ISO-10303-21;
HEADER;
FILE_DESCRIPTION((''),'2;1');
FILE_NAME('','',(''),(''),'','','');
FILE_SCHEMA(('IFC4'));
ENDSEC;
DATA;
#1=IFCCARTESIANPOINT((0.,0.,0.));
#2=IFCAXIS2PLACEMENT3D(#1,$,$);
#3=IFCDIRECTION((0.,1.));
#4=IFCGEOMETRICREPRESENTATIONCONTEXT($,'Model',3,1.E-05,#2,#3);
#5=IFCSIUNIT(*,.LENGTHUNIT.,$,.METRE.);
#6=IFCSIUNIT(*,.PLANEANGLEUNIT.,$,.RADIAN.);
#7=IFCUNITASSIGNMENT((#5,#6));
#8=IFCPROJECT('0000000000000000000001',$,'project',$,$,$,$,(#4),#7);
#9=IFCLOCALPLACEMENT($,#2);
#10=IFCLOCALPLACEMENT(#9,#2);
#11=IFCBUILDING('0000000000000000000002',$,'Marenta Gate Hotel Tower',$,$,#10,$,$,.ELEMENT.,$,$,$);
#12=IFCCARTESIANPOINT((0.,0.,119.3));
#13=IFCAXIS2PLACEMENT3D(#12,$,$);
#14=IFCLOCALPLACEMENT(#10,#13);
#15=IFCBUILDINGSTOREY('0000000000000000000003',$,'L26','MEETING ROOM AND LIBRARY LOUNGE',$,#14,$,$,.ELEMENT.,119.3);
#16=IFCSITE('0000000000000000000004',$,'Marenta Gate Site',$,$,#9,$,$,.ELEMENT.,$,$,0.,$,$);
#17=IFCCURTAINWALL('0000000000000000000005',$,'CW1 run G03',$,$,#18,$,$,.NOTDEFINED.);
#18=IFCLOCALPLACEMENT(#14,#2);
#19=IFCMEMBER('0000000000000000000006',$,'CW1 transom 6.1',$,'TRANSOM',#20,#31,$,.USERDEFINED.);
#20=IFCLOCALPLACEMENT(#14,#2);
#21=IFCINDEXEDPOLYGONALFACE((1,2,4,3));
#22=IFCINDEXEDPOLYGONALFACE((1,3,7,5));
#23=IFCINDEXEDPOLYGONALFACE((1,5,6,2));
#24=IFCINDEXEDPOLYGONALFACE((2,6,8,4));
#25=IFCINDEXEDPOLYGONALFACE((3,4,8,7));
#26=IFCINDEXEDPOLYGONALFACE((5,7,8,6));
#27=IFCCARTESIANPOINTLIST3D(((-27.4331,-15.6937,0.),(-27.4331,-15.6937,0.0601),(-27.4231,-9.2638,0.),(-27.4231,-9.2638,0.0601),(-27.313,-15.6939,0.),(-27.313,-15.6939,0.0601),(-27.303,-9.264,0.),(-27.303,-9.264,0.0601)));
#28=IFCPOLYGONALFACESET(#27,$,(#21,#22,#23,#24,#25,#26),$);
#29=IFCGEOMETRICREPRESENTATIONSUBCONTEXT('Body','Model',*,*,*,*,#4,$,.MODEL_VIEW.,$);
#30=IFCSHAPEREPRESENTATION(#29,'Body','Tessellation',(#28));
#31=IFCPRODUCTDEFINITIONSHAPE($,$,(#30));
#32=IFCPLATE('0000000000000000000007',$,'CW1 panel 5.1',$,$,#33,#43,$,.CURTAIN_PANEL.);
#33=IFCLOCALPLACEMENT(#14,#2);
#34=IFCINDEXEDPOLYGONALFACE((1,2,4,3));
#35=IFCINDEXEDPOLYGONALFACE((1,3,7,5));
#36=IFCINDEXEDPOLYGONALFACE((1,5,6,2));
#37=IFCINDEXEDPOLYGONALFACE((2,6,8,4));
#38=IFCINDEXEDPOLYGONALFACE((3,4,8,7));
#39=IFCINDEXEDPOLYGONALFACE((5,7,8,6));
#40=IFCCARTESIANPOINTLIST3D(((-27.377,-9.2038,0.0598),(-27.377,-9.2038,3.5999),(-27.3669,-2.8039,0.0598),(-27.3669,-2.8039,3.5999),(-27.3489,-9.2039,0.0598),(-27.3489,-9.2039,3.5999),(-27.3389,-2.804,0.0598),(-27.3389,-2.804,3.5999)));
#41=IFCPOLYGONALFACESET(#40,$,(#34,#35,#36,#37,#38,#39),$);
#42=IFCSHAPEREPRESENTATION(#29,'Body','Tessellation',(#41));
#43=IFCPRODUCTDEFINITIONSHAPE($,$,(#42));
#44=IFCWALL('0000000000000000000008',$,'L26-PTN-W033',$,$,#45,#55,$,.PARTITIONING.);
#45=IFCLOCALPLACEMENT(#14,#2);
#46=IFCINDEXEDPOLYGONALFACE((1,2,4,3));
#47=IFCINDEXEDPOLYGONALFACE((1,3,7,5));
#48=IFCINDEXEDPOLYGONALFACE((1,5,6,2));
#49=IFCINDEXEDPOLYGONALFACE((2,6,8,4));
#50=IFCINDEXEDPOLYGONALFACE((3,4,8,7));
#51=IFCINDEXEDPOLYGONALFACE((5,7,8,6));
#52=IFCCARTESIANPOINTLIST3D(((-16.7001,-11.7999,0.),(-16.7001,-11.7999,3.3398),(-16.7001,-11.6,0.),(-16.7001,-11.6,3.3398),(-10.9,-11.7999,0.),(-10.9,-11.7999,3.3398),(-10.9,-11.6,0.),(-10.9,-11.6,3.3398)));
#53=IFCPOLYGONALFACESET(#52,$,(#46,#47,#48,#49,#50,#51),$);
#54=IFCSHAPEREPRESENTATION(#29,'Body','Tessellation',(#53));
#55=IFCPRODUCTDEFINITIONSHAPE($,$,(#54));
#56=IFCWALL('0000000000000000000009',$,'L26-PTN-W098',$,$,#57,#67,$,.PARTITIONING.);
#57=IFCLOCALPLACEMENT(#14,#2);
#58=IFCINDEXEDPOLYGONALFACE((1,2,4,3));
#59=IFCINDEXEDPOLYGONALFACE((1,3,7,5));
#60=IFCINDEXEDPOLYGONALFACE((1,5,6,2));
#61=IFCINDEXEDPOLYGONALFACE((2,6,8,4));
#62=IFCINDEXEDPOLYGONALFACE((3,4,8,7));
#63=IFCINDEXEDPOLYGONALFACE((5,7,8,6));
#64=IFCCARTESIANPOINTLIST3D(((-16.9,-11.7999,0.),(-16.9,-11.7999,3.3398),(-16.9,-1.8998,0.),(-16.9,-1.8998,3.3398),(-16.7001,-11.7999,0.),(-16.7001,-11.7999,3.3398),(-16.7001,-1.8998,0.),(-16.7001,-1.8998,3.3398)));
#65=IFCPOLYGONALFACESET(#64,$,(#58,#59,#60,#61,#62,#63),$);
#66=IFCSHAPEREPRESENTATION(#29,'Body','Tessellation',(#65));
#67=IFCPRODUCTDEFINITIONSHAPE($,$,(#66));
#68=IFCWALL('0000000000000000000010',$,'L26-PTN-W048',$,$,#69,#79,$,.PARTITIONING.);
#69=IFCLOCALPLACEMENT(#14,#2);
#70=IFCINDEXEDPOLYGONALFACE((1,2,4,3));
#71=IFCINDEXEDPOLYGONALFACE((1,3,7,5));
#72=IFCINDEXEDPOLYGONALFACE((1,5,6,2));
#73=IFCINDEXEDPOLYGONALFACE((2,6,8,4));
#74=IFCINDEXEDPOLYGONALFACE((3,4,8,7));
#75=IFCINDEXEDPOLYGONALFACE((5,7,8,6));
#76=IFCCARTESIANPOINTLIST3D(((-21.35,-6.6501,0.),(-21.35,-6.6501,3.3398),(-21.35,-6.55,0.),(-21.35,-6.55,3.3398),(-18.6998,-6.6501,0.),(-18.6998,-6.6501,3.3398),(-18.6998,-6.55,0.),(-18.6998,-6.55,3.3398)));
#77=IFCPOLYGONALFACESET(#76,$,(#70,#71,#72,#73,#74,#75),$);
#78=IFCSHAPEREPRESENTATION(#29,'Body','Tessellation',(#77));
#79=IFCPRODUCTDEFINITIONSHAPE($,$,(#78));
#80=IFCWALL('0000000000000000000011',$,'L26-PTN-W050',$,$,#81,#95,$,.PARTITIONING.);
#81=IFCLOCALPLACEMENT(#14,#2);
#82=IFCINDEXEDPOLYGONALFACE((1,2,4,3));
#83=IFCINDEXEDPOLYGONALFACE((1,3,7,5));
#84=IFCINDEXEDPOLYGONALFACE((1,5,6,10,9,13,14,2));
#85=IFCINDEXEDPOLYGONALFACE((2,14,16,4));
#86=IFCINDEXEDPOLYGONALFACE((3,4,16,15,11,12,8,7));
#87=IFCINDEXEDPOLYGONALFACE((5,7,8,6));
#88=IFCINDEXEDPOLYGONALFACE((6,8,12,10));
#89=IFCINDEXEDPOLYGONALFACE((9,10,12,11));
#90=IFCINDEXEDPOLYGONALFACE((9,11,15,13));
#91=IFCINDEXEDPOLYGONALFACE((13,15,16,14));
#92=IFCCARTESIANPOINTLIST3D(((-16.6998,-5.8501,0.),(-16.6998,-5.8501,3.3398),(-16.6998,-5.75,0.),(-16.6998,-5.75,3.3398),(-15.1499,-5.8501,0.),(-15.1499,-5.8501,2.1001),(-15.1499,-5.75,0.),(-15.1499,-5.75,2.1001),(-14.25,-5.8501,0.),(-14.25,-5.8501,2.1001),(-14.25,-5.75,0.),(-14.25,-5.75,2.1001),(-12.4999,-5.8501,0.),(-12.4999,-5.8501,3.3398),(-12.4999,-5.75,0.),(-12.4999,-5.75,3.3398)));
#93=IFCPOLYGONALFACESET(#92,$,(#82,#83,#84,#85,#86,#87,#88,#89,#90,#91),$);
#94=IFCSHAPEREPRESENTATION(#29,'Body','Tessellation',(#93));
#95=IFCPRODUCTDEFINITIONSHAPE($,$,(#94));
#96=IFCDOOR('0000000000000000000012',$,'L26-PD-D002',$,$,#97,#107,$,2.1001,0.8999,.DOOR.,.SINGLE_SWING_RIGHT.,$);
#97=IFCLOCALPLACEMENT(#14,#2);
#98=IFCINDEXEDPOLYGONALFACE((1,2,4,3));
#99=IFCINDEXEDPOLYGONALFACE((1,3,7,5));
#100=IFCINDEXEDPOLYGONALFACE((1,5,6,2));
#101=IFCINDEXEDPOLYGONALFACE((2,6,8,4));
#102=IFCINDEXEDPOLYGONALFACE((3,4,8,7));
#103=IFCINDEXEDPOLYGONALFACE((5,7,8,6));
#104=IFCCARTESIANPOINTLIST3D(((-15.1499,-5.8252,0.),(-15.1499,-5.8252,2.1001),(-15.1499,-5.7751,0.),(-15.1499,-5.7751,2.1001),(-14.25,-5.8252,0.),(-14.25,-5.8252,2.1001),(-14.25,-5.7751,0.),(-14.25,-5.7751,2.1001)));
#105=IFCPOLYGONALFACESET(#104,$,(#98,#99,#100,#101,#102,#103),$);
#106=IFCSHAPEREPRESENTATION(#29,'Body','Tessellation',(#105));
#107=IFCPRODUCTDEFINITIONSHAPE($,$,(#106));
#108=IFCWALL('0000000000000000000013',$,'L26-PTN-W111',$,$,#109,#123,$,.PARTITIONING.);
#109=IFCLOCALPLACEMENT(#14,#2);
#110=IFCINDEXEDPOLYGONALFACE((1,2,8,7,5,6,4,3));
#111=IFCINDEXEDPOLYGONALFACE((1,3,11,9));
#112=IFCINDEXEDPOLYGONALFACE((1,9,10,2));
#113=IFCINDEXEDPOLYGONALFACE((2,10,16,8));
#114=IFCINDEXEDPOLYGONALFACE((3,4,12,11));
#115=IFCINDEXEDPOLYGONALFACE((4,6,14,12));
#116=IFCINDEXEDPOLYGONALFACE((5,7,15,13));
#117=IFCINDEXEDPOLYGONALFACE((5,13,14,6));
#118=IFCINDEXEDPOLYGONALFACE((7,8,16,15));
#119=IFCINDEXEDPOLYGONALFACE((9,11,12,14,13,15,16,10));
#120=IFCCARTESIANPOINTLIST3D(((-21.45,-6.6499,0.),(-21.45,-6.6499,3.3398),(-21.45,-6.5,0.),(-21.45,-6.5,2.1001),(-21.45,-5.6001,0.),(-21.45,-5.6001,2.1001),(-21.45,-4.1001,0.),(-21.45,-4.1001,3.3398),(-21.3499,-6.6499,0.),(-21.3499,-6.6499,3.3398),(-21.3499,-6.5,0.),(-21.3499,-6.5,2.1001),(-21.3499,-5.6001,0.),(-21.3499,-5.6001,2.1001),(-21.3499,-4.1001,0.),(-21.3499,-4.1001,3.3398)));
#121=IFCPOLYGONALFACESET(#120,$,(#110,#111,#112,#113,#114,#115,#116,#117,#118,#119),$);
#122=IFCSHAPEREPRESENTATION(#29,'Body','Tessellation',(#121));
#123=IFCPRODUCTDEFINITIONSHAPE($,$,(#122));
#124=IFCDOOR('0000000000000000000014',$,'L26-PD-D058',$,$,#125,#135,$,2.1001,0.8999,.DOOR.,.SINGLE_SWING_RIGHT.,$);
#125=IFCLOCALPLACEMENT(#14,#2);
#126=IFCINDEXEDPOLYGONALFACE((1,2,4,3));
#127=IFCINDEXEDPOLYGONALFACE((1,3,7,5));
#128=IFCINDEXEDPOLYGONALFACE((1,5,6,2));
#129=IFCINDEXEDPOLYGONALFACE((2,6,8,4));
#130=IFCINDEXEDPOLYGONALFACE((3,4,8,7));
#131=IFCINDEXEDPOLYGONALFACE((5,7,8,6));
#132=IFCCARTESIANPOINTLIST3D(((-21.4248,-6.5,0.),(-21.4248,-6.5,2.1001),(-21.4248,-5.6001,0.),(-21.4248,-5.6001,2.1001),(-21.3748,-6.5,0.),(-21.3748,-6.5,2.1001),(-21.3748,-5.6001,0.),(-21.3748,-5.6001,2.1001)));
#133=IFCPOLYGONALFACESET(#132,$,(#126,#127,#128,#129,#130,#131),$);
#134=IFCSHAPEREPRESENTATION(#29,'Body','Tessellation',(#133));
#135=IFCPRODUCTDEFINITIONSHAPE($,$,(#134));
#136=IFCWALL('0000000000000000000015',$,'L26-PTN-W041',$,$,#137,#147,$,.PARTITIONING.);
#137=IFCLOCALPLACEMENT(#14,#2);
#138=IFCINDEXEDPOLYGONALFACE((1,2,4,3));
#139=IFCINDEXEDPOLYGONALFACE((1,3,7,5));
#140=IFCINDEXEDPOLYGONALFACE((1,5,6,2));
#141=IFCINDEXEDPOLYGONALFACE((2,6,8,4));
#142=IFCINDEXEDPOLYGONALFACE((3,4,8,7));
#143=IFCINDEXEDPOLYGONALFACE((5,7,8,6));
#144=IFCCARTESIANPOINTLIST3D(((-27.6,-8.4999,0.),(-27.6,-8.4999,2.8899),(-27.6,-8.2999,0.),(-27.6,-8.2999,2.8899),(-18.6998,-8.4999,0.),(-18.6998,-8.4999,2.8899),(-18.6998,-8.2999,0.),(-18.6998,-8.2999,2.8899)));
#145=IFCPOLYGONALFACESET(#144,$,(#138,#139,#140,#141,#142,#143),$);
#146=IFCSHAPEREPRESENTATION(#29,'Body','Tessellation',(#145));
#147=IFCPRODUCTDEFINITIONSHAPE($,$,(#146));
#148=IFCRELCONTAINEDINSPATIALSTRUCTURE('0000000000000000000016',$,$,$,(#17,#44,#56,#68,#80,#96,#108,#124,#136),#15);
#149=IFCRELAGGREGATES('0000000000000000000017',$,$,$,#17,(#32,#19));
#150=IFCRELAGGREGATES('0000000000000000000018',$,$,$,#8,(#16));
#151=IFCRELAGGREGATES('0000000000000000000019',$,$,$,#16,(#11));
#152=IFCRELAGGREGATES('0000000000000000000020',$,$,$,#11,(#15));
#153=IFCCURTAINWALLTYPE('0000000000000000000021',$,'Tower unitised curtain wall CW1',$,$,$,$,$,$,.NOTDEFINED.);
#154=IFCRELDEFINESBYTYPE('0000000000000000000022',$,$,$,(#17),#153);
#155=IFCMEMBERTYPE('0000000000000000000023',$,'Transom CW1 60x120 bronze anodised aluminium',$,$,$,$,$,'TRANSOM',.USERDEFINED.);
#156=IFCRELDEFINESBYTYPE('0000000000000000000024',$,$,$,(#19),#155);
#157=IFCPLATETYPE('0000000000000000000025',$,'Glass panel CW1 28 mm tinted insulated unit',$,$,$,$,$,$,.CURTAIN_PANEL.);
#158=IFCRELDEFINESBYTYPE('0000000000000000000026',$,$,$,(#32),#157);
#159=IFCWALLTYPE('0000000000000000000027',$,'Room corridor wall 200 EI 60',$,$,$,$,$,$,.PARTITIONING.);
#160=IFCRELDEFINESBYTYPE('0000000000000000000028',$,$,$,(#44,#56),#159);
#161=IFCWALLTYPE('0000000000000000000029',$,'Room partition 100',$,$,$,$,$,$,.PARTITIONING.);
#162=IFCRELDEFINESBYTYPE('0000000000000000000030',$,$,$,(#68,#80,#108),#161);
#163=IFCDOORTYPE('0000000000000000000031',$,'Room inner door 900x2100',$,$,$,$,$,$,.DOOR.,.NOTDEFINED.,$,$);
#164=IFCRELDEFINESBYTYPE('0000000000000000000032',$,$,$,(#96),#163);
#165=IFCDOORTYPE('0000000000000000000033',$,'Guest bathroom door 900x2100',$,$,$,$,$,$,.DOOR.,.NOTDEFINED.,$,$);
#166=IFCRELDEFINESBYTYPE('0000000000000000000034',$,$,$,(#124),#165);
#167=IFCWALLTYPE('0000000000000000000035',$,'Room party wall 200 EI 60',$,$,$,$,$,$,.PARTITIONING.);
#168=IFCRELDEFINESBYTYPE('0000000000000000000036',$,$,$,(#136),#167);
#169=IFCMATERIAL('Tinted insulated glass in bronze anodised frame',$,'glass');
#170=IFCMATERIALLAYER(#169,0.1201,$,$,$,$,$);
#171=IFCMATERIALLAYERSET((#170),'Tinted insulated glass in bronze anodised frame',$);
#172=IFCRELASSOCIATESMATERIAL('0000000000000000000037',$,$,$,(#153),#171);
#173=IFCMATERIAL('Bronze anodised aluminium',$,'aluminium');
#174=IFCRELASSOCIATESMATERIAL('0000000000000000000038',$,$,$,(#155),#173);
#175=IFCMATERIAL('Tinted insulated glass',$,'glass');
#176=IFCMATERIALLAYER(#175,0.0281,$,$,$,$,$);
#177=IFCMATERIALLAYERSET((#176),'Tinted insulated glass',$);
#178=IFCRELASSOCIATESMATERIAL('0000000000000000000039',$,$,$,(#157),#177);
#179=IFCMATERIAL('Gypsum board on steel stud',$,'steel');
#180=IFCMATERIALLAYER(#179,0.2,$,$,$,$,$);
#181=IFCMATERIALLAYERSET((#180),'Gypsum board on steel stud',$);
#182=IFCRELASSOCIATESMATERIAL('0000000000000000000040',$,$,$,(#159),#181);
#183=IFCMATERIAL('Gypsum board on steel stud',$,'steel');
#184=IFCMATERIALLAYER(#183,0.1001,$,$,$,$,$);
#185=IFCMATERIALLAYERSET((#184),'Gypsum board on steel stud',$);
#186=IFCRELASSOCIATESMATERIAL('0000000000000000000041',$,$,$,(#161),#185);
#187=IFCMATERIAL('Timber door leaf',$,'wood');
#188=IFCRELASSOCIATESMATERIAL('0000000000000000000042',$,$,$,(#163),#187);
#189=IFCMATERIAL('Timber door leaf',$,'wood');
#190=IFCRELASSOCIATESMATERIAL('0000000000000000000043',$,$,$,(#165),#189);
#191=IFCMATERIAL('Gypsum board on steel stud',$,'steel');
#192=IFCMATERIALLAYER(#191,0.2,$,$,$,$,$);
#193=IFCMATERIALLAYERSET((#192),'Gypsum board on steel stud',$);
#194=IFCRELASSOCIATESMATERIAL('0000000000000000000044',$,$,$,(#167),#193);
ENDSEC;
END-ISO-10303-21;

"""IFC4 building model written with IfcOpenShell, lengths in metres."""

from ifc_helpers import new_model, si_unit, direction, frame, frame_2d, origin, origin_2d, place, context, subcontext, project, spatial, rectangle, extrude, material, layer, layer_set, material_profile, profile_set, type_object, element, fill, aggregate, save


model = new_model("IFC4")

# Units and contexts
model_context = context("Model", 3, precision=1e-05, world=origin(), true_north=direction((0.0, 1.0)))
body_context = subcontext(model_context, "Body", "Model", "MODEL_VIEW")
ifc_project = project(units=[si_unit("LENGTHUNIT", "METRE"), si_unit("PLANEANGLEUNIT", "RADIAN")], contexts=[model_context])

# Site, building, storey
site_placement = place(None, origin())
site = spatial("IfcSite", under=ifc_project, at=site_placement, Name="Marenta Gate Site", CompositionType="ELEMENT", RefElevation=0.0)
building_placement = place(site_placement, origin())
building = spatial("IfcBuilding", under=site, at=building_placement, Name="Marenta Gate Hotel Tower", CompositionType="ELEMENT")
storey_placement = place(building_placement, frame((0.0, 0.0, 119.3)))
storey = spatial("IfcBuildingStorey", under=building, at=storey_placement, Name="L26", Description="MEETING ROOM AND LIBRARY LOUNGE", CompositionType="ELEMENT", Elevation=119.3)

# Curtain wall, member, plate
ifc_material_1 = material(Name="Tinted insulated glass in bronze anodised frame", Category="glass")
ifc_layer_1 = layer(ifc_material_1, 0.1201)
ifc_layer_set_1 = layer_set([ifc_layer_1], Name="Tinted insulated glass in bronze anodised frame")
curtain_wall_type = type_object("IfcCurtainWallType", Name="Tower unitised curtain wall CW1", PredefinedType="NOTDEFINED", material=ifc_layer_set_1)
curtain_wall_placement = place(storey_placement, origin())
curtain_wall = element("IfcCurtainWall", 1, at=curtain_wall_placement, inside=storey, type_object=curtain_wall_type, Name="CW1 run G03", PredefinedType="NOTDEFINED")
ifc_material_2 = material(Name="Bronze anodised aluminium", Category="aluminium")
ifc_material_profile_1 = material_profile(ifc_material_2, rectangle(XDim=0.1201, YDim=0.0601, at=origin_2d()), Name="Transom CW1 60x120 bronze anodised aluminium")
ifc_profile_set_1 = profile_set([ifc_material_profile_1], Name="Bronze anodised aluminium")
member_type_1 = type_object("IfcMemberType", Name="Transom CW1 60x120 bronze anodised aluminium", ElementType="TRANSOM", PredefinedType="USERDEFINED", material=ifc_profile_set_1)
member_1_placement = place(storey_placement, frame((-27.363, -9.2639, 0.03), z_axis=(-0.001557, -0.999999, 0.0), x_axis=(0.999999, -0.001557, 0.0)))
member_1 = element("IfcMember", 2, at=member_1_placement, type_object=member_type_1, Name="CW1 transom 6.1", ObjectType="TRANSOM", PredefinedType="USERDEFINED", context=body_context, shape_type="SweptSolid", body=[
    extrude(rectangle(XDim=0.1201, YDim=0.0601, at=origin_2d()), origin(), (0.0, 0.0, 1.0), 6.4299),
])
ifc_material_3 = material(Name="Tinted insulated glass", Category="glass")
ifc_layer_2 = layer(ifc_material_3, 0.0281)
ifc_layer_set_2 = layer_set([ifc_layer_2], Name="Tinted insulated glass")
plate_type = type_object("IfcPlateType", Name="Glass panel CW1 28 mm tinted insulated unit", PredefinedType="CURTAIN_PANEL", material=ifc_layer_set_2)
plate_placement = place(storey_placement, frame((-27.3579, -6.0039, 0.0598), z_axis=(0.0, 0.0, 1.0), x_axis=(-0.001566, -0.999999, 0.0)))
plate = element("IfcPlate", 3, at=plate_placement, type_object=plate_type, Name="CW1 panel 5.1", PredefinedType="CURTAIN_PANEL", context=body_context, shape_type="SweptSolid", body=[
    extrude(rectangle(XDim=6.3999, YDim=0.0281, at=origin_2d()), origin(), (0.0, 0.0, 1.0), 3.54),
])
aggregate(curtain_wall, [plate, member_1])

# Walls
ifc_material_4 = material(Name="Gypsum board on steel stud", Category="steel")
ifc_layer_3 = layer(ifc_material_4, 0.2)
ifc_layer_set_3 = layer_set([ifc_layer_3], Name="Gypsum board on steel stud")
wall_type_1 = type_object("IfcWallType", Name="Room corridor wall 200 EI 60", PredefinedType="PARTITIONING", material=ifc_layer_set_3)
wall_1_placement = place(storey_placement, frame((-16.7, -11.7, 0.0), z_axis=(0.0, 0.0, 1.0), x_axis=(1.0, 0.0, 0.0)))
element("IfcWall", 4, at=wall_1_placement, inside=storey, type_object=wall_type_1, Name="L26-PTN-W033", PredefinedType="PARTITIONING", context=body_context, shape_type="SweptSolid", body=[
    extrude(rectangle(XDim=5.8, YDim=0.2, at=frame_2d((2.8999, 0.0))), origin(), (0.0, 0.0, 1.0), 3.3398),
])
wall_2_placement = place(storey_placement, frame((-16.8, -11.8, 0.0), z_axis=(0.0, 0.0, 1.0), x_axis=(0.0, 1.0, 0.0)))
element("IfcWall", 5, at=wall_2_placement, inside=storey, type_object=wall_type_1, Name="L26-PTN-W098", PredefinedType="PARTITIONING", context=body_context, shape_type="SweptSolid", body=[
    extrude(rectangle(XDim=9.9001, YDim=0.2, at=frame_2d((4.9502, 0.0))), origin(), (0.0, 0.0, 1.0), 3.3398),
])
ifc_material_5 = material(Name="Gypsum board on steel stud", Category="steel")
ifc_layer_4 = layer(ifc_material_5, 0.1001)
ifc_layer_set_4 = layer_set([ifc_layer_4], Name="Gypsum board on steel stud")
wall_type_2 = type_object("IfcWallType", Name="Room partition 100", PredefinedType="PARTITIONING", material=ifc_layer_set_4)
wall_3_placement = place(storey_placement, frame((-21.3501, -6.6001, 0.0), z_axis=(0.0, 0.0, 1.0), x_axis=(1.0, 0.0, 0.0)))
element("IfcWall", 6, at=wall_3_placement, inside=storey, type_object=wall_type_2, Name="L26-PTN-W048", PredefinedType="PARTITIONING", context=body_context, shape_type="SweptSolid", body=[
    extrude(rectangle(XDim=2.6501, YDim=0.1001, at=frame_2d((1.3252, 0.0))), origin(), (0.0, 0.0, 1.0), 3.3398),
])

# Walls, openings, doors
wall_4_placement = place(storey_placement, frame((-16.7, -5.8, 0.0), z_axis=(0.0, 0.0, 1.0), x_axis=(1.0, 0.0, 0.0)))
wall_4 = element("IfcWall", 7, at=wall_4_placement, inside=storey, type_object=wall_type_2, Name="L26-PTN-W050", PredefinedType="PARTITIONING", context=body_context, shape_type="SweptSolid", body=[
    extrude(rectangle(XDim=4.2, YDim=0.1001, at=frame_2d((2.1001, 0.0))), origin(), (0.0, 0.0, 1.0), 3.3398),
])
opening_1_placement = place(wall_4_placement, frame((1.55, 0.0, 0.0)))
opening_1 = element("IfcOpeningElement", 8, at=opening_1_placement, cuts=wall_4, PredefinedType="OPENING", context=body_context, shape_type="SweptSolid", body=[
    extrude(rectangle(XDim=0.8999, YDim=2.1001, at=frame_2d((0.45, 1.05))), frame((0.0, 0.05, 0.0), z_axis=(0.0, -1.0, 0.0), x_axis=(1.0, 0.0, 0.0)), (0.0, 0.0, 1.0), 0.1001),
])
ifc_material_6 = material(Name="Timber door leaf", Category="wood")
door_type_1 = type_object("IfcDoorType", Name="Room inner door 900x2100", OperationType="NOTDEFINED", PredefinedType="DOOR", material=ifc_material_6)
door_1_placement = place(opening_1_placement, origin())
door_1 = element("IfcDoor", 9, at=door_1_placement, inside=storey, type_object=door_type_1, Name="L26-PD-D002", OperationType="SINGLE_SWING_RIGHT", OverallHeight=2.1001, OverallWidth=0.8999, PredefinedType="DOOR", context=body_context, shape_type="SweptSolid", body=[
    extrude(rectangle(XDim=0.8999, YDim=2.1001, at=frame_2d((0.45, 1.05))), frame((0.0, 0.0249, 0.0), z_axis=(0.0, -1.0, 0.0), x_axis=(1.0, 0.0, 0.0)), (0.0, 0.0, 1.0), 0.05),
])
fill(opening_1, door_1)
wall_5_placement = place(storey_placement, frame((-21.3999, -6.6499, 0.0), z_axis=(0.0, 0.0, 1.0), x_axis=(0.0, 1.0, 0.0)))
wall_5 = element("IfcWall", 10, at=wall_5_placement, inside=storey, type_object=wall_type_2, Name="L26-PTN-W111", PredefinedType="PARTITIONING", context=body_context, shape_type="SweptSolid", body=[
    extrude(rectangle(XDim=2.5498, YDim=0.1001, at=frame_2d((1.2749, 0.0))), origin(), (0.0, 0.0, 1.0), 3.3398),
])
opening_2_placement = place(wall_5_placement, frame((0.1499, 0.0, 0.0)))
opening_2 = element("IfcOpeningElement", 11, at=opening_2_placement, cuts=wall_5, PredefinedType="OPENING", context=body_context, shape_type="SweptSolid", body=[
    extrude(rectangle(XDim=0.8999, YDim=2.1001, at=frame_2d((0.45, 1.05))), frame((0.0, 0.05, 0.0), z_axis=(0.0, -1.0, 0.0), x_axis=(1.0, 0.0, 0.0)), (0.0, 0.0, 1.0), 0.1001),
])
ifc_material_7 = material(Name="Timber door leaf", Category="wood")
door_type_2 = type_object("IfcDoorType", Name="Guest bathroom door 900x2100", OperationType="NOTDEFINED", PredefinedType="DOOR", material=ifc_material_7)
door_2_placement = place(opening_2_placement, origin())
door_2 = element("IfcDoor", 12, at=door_2_placement, inside=storey, type_object=door_type_2, Name="L26-PD-D058", OperationType="SINGLE_SWING_RIGHT", OverallHeight=2.1001, OverallWidth=0.8999, PredefinedType="DOOR", context=body_context, shape_type="SweptSolid", body=[
    extrude(rectangle(XDim=0.8999, YDim=2.1001, at=frame_2d((0.45, 1.05))), frame((0.0, 0.0249, 0.0), z_axis=(0.0, -1.0, 0.0), x_axis=(1.0, 0.0, 0.0)), (0.0, 0.0, 1.0), 0.05),
])
fill(opening_2, door_2)

# Wall
ifc_material_8 = material(Name="Gypsum board on steel stud", Category="steel")
ifc_layer_5 = layer(ifc_material_8, 0.2)
ifc_layer_set_5 = layer_set([ifc_layer_5], Name="Gypsum board on steel stud")
wall_type_3 = type_object("IfcWallType", Name="Room party wall 200 EI 60", PredefinedType="PARTITIONING", material=ifc_layer_set_5)
wall_6_placement = place(storey_placement, frame((-27.6001, -8.3999, 0.0), z_axis=(0.0, 0.0, 1.0), x_axis=(1.0, 0.0, 0.0)))
element("IfcWall", 13, at=wall_6_placement, inside=storey, type_object=wall_type_3, Name="L26-PTN-W041", PredefinedType="PARTITIONING", context=body_context, shape_type="SweptSolid", body=[
    extrude(rectangle(XDim=8.9001, YDim=0.2, at=frame_2d((4.4502, 0.0))), origin(), (0.0, 0.0, 1.0), 2.8899),
])

save(model, "model.ifc")
